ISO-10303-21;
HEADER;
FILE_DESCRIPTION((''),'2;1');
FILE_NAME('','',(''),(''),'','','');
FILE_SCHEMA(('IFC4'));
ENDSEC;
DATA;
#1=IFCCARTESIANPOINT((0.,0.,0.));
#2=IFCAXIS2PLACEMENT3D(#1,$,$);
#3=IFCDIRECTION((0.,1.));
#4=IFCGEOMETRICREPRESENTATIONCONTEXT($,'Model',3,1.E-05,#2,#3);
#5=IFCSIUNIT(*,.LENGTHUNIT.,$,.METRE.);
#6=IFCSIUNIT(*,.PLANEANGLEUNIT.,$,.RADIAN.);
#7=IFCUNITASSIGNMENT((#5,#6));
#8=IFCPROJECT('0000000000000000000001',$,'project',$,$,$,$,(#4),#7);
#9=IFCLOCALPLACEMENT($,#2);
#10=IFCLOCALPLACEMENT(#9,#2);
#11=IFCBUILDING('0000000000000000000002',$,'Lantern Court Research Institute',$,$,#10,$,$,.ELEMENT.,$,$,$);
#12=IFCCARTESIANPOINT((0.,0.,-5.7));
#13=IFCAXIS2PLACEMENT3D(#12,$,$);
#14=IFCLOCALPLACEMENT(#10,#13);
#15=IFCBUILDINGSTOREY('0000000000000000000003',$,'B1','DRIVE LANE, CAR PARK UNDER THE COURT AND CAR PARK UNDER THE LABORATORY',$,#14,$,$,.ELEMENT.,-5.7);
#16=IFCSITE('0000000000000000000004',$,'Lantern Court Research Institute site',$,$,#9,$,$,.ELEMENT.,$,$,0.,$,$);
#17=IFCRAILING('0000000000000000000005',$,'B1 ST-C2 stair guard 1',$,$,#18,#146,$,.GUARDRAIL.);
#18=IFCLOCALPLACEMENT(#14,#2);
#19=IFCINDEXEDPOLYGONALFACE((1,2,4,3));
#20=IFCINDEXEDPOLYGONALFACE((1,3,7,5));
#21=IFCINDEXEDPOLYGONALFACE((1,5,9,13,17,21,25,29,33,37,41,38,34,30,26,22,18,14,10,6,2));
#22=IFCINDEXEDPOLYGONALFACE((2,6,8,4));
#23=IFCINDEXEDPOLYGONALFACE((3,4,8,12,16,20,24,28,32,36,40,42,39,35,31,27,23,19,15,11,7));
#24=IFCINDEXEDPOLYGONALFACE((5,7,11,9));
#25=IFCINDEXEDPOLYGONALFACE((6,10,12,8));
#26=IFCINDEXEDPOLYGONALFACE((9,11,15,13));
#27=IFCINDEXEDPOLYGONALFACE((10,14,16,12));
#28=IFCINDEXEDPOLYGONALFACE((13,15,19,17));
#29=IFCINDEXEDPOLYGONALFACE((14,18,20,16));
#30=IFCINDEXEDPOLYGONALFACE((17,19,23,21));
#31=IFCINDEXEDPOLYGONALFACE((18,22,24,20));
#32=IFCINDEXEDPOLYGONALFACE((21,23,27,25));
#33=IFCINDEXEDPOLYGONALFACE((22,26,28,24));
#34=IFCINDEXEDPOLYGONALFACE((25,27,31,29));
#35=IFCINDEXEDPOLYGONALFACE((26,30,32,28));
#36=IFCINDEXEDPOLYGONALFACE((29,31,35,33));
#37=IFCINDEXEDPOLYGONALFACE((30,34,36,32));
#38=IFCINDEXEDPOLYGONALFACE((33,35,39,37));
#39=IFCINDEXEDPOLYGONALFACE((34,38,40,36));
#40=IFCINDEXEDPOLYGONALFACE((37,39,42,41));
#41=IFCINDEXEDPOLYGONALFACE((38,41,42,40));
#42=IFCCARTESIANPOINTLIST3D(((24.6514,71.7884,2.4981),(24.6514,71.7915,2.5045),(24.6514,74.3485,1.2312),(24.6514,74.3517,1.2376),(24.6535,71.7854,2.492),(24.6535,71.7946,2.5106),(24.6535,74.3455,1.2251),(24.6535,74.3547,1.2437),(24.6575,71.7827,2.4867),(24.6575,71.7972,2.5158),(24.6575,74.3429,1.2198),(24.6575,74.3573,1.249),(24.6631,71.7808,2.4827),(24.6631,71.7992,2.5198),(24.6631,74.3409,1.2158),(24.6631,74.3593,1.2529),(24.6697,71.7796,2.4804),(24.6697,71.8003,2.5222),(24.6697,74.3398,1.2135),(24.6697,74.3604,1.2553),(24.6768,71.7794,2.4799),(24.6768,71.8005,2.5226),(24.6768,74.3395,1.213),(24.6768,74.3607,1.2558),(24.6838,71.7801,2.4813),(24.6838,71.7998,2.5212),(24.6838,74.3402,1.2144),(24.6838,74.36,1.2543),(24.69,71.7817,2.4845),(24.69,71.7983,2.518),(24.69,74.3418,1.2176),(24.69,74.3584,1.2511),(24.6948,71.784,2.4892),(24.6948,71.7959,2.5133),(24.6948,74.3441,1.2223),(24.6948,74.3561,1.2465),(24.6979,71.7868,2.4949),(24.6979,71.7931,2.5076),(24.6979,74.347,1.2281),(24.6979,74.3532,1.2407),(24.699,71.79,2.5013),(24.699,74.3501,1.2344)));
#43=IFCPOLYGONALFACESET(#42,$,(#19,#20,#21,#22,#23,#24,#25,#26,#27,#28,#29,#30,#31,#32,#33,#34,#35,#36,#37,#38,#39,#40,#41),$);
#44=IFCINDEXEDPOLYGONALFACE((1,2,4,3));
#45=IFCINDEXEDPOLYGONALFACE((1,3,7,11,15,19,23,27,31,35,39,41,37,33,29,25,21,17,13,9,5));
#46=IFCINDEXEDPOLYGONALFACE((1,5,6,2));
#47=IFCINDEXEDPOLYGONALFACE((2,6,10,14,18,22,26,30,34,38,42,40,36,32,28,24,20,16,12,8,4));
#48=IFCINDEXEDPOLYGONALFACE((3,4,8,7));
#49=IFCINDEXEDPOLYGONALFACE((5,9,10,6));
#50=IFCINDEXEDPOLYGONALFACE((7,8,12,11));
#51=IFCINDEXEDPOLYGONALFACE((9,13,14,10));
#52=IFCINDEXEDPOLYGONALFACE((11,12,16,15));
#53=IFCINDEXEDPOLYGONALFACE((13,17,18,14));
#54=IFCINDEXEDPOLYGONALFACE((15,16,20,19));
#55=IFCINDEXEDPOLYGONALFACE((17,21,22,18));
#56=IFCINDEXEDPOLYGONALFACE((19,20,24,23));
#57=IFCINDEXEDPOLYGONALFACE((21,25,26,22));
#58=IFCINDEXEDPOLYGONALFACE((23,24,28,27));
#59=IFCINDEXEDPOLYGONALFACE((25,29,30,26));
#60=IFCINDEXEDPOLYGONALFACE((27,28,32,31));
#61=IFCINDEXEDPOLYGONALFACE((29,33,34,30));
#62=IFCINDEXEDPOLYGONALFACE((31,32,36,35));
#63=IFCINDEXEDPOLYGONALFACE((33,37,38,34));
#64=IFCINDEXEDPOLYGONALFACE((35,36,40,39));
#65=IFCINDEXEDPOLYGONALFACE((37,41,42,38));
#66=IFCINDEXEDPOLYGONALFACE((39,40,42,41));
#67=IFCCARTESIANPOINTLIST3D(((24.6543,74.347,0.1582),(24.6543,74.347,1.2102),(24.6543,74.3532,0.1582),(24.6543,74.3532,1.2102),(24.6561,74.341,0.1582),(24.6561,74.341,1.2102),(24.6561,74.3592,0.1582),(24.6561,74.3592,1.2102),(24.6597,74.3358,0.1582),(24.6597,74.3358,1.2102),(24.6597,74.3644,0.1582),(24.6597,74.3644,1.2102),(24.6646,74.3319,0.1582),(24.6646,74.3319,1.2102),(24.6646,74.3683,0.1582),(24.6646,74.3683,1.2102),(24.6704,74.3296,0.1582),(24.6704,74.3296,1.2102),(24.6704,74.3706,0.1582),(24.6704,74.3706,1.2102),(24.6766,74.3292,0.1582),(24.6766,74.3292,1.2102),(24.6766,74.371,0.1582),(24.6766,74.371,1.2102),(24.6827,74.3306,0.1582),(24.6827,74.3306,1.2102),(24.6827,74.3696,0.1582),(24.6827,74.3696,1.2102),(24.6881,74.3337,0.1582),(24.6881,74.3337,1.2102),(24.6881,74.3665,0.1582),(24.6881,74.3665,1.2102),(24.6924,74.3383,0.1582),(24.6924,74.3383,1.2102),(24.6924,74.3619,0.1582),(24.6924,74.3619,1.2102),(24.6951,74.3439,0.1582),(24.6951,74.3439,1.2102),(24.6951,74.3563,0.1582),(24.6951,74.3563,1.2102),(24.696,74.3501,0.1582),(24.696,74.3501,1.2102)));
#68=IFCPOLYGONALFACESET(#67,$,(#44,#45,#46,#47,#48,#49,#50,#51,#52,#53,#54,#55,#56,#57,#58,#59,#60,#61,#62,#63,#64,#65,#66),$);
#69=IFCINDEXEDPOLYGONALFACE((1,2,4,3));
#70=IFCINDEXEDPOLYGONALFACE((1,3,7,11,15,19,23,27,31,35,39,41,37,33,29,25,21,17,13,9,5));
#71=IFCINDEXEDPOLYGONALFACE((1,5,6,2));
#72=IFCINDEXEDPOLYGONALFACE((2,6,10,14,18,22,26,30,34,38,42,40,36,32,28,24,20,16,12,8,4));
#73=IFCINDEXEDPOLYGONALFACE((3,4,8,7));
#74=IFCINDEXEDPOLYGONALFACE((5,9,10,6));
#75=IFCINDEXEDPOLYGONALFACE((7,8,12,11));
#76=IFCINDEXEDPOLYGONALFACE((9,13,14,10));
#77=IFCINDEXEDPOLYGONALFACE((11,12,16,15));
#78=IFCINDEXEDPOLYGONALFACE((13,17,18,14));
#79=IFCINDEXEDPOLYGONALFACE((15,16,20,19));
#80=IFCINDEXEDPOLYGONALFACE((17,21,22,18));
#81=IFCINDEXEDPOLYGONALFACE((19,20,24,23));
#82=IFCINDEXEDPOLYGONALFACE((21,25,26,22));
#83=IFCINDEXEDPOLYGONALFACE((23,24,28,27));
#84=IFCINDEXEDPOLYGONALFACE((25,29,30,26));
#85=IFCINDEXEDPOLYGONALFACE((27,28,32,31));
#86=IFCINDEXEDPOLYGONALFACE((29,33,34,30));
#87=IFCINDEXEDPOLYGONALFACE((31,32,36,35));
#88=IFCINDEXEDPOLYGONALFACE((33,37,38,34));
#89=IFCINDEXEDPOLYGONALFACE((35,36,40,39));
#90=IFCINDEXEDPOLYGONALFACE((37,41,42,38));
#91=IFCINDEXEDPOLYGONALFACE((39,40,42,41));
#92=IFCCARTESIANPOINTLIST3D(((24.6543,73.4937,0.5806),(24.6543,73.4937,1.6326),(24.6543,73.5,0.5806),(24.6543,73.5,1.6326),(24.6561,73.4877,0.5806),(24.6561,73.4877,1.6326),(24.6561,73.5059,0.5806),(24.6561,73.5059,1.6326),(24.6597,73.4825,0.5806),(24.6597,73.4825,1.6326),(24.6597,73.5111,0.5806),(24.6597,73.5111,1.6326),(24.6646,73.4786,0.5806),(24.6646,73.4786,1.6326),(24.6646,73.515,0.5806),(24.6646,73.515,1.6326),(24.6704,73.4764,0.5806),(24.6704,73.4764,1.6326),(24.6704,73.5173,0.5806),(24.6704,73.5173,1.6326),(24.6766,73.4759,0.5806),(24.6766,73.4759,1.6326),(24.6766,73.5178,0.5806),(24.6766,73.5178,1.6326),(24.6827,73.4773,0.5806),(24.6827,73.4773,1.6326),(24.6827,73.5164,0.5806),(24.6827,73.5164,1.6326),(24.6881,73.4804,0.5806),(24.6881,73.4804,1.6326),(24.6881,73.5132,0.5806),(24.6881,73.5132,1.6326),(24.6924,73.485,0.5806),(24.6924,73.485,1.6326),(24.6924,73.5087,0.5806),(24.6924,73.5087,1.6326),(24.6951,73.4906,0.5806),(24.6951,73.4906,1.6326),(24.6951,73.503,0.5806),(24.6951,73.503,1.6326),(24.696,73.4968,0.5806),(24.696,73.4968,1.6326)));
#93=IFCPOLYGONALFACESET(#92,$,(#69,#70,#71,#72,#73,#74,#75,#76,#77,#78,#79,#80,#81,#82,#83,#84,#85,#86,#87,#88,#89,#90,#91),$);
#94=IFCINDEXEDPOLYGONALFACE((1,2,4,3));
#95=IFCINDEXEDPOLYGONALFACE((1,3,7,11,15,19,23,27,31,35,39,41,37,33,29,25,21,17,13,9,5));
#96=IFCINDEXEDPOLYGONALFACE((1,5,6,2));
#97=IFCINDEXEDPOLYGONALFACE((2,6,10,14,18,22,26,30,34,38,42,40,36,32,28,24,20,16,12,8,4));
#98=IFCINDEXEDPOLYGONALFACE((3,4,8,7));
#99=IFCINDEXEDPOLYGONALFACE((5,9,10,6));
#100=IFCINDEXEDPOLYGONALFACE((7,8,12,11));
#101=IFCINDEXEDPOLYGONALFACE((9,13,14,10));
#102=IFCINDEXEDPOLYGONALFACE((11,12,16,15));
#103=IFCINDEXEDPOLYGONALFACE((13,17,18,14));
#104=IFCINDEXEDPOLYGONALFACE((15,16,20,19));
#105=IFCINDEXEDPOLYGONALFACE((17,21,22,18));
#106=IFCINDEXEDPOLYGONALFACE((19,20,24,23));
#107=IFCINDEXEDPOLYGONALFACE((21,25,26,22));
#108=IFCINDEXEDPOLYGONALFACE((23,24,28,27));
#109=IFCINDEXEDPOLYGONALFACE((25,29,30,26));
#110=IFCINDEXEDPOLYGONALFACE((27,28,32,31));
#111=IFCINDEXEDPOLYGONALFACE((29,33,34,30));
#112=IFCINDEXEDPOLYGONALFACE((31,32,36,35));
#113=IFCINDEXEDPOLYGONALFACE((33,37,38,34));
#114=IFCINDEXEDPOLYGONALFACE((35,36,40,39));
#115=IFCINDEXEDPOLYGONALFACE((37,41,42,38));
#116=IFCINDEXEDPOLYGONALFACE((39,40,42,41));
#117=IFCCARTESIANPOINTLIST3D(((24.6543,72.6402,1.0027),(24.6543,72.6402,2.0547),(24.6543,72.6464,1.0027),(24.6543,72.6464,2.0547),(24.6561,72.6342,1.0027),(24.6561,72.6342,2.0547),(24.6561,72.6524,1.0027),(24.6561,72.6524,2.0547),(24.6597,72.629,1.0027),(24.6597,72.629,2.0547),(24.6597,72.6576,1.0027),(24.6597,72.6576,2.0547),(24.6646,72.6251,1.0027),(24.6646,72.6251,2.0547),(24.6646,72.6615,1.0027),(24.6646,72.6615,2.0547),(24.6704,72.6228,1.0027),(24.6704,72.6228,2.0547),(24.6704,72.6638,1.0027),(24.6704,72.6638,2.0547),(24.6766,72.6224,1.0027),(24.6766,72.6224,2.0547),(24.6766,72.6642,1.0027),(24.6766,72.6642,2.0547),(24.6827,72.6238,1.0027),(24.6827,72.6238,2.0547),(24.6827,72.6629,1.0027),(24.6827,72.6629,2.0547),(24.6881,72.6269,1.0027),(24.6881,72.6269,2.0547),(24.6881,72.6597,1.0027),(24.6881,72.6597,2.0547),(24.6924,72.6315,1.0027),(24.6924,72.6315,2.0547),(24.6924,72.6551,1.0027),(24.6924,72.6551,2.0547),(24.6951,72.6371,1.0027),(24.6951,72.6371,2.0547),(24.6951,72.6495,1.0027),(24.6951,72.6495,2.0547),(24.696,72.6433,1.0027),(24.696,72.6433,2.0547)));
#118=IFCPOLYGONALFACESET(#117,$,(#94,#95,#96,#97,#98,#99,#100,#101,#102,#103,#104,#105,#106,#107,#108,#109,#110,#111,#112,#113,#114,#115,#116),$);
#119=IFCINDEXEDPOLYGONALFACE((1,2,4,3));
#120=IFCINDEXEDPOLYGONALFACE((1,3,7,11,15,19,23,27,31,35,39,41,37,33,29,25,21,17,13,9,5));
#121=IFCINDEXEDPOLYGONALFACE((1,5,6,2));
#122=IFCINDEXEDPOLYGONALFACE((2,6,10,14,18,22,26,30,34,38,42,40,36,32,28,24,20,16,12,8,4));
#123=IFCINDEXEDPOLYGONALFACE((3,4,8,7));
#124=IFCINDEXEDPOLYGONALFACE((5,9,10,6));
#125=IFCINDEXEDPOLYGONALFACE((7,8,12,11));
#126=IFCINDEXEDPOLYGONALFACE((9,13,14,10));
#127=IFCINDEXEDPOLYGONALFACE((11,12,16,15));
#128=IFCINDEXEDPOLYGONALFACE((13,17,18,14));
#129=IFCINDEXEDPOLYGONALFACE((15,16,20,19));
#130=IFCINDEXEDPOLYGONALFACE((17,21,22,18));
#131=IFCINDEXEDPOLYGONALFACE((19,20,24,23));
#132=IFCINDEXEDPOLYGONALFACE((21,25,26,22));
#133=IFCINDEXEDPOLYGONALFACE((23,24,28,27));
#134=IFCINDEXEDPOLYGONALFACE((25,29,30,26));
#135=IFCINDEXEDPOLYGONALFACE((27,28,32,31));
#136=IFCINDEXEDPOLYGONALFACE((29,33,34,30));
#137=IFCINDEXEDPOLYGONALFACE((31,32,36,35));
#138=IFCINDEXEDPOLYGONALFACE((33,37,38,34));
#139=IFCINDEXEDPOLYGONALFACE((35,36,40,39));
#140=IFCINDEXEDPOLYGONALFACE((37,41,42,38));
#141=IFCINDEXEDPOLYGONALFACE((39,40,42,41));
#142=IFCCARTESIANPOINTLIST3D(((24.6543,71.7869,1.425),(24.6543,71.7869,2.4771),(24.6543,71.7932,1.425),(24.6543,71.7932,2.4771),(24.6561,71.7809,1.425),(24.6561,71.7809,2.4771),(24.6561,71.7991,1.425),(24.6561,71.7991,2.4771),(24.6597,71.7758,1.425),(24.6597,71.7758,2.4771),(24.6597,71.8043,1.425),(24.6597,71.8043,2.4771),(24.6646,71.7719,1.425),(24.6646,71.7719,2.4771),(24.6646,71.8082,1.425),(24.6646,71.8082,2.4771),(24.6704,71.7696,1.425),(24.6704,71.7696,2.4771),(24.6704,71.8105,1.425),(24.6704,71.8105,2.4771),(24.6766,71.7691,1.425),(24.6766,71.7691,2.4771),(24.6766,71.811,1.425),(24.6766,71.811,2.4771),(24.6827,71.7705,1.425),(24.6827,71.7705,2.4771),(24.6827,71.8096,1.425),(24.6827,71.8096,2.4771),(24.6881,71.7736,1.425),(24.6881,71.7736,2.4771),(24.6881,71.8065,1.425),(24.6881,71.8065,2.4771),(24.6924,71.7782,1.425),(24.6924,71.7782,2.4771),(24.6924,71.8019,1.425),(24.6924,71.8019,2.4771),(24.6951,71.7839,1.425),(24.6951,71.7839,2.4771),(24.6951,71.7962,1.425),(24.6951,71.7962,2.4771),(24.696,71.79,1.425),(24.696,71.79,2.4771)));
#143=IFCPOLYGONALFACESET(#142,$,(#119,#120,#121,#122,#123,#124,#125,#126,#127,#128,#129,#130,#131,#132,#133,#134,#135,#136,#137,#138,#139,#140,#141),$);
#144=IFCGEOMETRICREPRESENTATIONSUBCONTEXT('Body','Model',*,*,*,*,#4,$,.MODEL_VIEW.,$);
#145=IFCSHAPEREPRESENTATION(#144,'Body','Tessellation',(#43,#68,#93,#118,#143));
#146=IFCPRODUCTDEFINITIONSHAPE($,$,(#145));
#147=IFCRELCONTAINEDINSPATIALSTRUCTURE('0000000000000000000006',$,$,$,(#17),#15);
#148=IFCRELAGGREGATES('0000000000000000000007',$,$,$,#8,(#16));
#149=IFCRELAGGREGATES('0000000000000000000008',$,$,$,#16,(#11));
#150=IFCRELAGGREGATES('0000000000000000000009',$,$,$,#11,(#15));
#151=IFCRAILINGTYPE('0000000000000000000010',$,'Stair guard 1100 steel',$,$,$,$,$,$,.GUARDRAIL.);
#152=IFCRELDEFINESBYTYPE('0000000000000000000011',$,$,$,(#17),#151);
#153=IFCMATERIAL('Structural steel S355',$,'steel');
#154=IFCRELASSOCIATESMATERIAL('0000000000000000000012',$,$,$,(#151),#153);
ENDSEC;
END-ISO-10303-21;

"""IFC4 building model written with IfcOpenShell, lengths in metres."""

from ifc_helpers import new_model, si_unit, direction, frame, origin, origin_2d, place, context, subcontext, project, spatial, circle, extrude, material, type_object, element, save


model = new_model("IFC4")

# Units and contexts
model_context = context("Model", 3, precision=1e-05, world=origin(), true_north=direction((0.0, 1.0)))
body_context = subcontext(model_context, "Body", "Model", "MODEL_VIEW")
ifc_project = project(units=[si_unit("LENGTHUNIT", "METRE"), si_unit("PLANEANGLEUNIT", "RADIAN")], contexts=[model_context])

# Site, building, storey
site_placement = place(None, origin())
site = spatial("IfcSite", under=ifc_project, at=site_placement, Name="Lantern Court Research Institute site", CompositionType="ELEMENT", RefElevation=0.0)
building_placement = place(site_placement, origin())
building = spatial("IfcBuilding", under=site, at=building_placement, Name="Lantern Court Research Institute", CompositionType="ELEMENT")
storey_placement = place(building_placement, frame((0.0, 0.0, -5.7)))
storey = spatial("IfcBuildingStorey", under=building, at=storey_placement, Name="B1", Description="DRIVE LANE, CAR PARK UNDER THE COURT AND CAR PARK UNDER THE LABORATORY", CompositionType="ELEMENT", Elevation=-5.7)

# Railing
ifc_material_1 = material(Name="Structural steel S355", Category="steel")
railing_type_1 = type_object("IfcRailingType", Name="Stair guard 1100 steel", PredefinedType="GUARDRAIL", material=ifc_material_1)
railing_1_placement = place(storey_placement, frame((24.675, 74.3501, 0.1582)))
element("IfcRailing", 1, at=railing_1_placement, inside=storey, type_object=railing_type_1, Name="B1 ST-C2 stair guard 1", PredefinedType="GUARDRAIL", context=body_context, shape_type="SweptSolid", body=[
    extrude(circle(Radius=0.0239, at=origin_2d()), frame((0.0, 0.0, 1.0762), z_axis=(0.0, -0.896266, 0.443517), x_axis=(1.0, 0.0, 0.0)), (0.0, 0.0, 1.0), 2.8564),
    extrude(circle(Radius=0.021, at=origin_2d()), origin(), (0.0, 0.0, 1.0), 1.052),
    extrude(circle(Radius=0.021, at=origin_2d()), frame((0.0, -0.8533, 0.4224)), (0.0, 0.0, 1.0), 1.052),
    extrude(circle(Radius=0.021, at=origin_2d()), frame((0.0, -1.7068, 0.8445)), (0.0, 0.0, 1.0), 1.052),
    extrude(circle(Radius=0.021, at=origin_2d()), frame((0.0, -2.5601, 1.2668)), (0.0, 0.0, 1.0), 1.052),
])

save(model, "model.ifc")
